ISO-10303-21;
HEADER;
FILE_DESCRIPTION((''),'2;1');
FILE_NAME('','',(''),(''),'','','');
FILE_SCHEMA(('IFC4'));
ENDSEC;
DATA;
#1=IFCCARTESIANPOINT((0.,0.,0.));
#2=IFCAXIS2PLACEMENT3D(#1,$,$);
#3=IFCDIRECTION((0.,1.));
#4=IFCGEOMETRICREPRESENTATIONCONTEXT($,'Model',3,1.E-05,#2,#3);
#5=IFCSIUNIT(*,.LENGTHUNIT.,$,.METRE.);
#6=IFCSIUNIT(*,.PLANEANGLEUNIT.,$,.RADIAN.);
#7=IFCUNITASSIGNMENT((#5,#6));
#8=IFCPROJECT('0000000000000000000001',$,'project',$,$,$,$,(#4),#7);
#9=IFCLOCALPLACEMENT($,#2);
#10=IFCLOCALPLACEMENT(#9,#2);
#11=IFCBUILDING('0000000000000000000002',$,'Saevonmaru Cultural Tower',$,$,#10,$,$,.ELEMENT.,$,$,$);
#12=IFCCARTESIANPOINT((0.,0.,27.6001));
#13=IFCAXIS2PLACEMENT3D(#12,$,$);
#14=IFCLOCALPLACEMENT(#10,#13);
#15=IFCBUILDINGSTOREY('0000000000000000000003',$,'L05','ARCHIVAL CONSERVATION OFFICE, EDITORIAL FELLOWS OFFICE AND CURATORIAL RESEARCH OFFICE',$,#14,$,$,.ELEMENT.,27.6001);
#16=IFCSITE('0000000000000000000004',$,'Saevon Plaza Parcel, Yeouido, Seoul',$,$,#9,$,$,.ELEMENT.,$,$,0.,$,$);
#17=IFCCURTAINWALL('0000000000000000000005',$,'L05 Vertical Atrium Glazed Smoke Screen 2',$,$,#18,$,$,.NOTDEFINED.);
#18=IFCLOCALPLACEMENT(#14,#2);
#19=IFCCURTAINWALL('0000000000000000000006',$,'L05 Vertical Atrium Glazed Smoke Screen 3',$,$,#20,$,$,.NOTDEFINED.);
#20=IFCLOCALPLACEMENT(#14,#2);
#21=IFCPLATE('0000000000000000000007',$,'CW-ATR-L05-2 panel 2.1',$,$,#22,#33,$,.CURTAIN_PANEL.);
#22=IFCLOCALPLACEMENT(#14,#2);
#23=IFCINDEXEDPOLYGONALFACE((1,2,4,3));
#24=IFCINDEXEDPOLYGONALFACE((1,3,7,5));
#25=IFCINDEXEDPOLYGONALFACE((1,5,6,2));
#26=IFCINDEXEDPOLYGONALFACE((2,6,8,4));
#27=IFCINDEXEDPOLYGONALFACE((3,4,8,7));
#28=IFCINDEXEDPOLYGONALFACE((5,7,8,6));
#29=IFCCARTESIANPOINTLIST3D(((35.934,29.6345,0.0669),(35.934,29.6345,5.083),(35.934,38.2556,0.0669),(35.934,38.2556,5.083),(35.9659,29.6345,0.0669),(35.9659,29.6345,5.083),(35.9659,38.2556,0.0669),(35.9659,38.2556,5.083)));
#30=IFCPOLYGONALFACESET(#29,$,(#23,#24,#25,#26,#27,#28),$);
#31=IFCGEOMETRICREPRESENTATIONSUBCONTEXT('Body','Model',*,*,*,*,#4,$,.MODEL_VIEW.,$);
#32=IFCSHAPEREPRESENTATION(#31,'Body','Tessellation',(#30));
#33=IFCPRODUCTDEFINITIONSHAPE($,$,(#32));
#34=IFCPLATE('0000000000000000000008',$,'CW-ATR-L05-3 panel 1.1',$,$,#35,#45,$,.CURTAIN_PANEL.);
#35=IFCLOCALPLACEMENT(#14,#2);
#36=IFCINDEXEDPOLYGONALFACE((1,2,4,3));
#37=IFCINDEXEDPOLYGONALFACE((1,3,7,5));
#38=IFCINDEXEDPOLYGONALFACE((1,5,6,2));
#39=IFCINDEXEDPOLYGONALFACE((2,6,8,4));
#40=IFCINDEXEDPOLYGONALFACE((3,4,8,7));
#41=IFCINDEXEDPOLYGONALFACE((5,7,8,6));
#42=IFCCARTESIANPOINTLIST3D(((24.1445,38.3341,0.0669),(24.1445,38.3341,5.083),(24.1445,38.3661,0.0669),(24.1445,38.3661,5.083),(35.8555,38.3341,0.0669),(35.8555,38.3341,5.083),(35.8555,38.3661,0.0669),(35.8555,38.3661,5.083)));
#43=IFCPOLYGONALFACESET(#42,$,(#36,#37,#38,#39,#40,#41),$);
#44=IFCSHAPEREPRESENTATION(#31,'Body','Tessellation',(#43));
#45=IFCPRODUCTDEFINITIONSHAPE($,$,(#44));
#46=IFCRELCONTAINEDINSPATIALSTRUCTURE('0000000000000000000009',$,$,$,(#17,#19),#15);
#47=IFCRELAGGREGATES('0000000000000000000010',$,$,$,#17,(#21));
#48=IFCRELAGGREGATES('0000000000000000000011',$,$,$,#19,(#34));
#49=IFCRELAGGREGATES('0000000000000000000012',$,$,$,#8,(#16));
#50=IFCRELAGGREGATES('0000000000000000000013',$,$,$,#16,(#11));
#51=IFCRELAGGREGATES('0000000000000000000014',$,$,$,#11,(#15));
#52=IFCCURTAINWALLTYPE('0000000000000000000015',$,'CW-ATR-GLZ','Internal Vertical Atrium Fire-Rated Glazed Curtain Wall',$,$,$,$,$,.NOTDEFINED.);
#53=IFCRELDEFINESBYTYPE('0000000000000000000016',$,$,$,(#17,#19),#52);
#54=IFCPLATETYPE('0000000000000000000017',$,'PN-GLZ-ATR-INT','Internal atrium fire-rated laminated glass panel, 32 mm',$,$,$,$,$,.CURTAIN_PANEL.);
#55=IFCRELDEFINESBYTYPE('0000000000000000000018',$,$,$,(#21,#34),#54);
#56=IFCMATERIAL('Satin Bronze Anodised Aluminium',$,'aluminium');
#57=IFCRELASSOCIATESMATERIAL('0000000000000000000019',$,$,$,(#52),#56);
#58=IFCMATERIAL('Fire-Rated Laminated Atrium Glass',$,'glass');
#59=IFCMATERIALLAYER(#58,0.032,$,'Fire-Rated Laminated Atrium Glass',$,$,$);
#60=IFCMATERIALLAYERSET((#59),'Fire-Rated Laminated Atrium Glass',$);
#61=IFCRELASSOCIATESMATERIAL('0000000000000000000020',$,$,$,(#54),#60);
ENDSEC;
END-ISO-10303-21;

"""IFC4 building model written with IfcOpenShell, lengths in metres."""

from ifc_helpers import new_model, si_unit, direction, frame, origin, origin_2d, place, context, subcontext, project, spatial, rectangle, extrude, material, layer, layer_set, type_object, element, aggregate, save


model = new_model("IFC4")

# Units and contexts
model_context = context("Model", 3, precision=1e-05, world=origin(), true_north=direction((0.0, 1.0)))
body_context = subcontext(model_context, "Body", "Model", "MODEL_VIEW")
ifc_project = project(units=[si_unit("LENGTHUNIT", "METRE"), si_unit("PLANEANGLEUNIT", "RADIAN")], contexts=[model_context])

# Site, building, storey
site_placement = place(None, origin())
site = spatial("IfcSite", under=ifc_project, at=site_placement, Name="Saevon Plaza Parcel, Yeouido, Seoul", CompositionType="ELEMENT", RefElevation=0.0)
building_placement = place(site_placement, origin())
building = spatial("IfcBuilding", under=site, at=building_placement, Name="Saevonmaru Cultural Tower", CompositionType="ELEMENT")
storey_placement = place(building_placement, frame((0.0, 0.0, 27.6001)))
storey = spatial("IfcBuildingStorey", under=building, at=storey_placement, Name="L05", Description="ARCHIVAL CONSERVATION OFFICE, EDITORIAL FELLOWS OFFICE AND CURATORIAL RESEARCH OFFICE", CompositionType="ELEMENT", Elevation=27.6001)

# Curtain wall
ifc_material_1 = material(Name="Satin Bronze Anodised Aluminium", Category="aluminium")
curtain_wall_type = type_object("IfcCurtainWallType", Name="CW-ATR-GLZ", Description="Internal Vertical Atrium Fire-Rated Glazed Curtain Wall", PredefinedType="NOTDEFINED", material=ifc_material_1)
curtain_wall_1_placement = place(storey_placement, origin())
curtain_wall_1 = element("IfcCurtainWall", 1, at=curtain_wall_1_placement, inside=storey, type_object=curtain_wall_type, Name="L05 Vertical Atrium Glazed Smoke Screen 2", PredefinedType="NOTDEFINED")

# Curtain wall
curtain_wall_2_placement = place(storey_placement, origin())
curtain_wall_2 = element("IfcCurtainWall", 2, at=curtain_wall_2_placement, inside=storey, type_object=curtain_wall_type, Name="L05 Vertical Atrium Glazed Smoke Screen 3", PredefinedType="NOTDEFINED")

# Plates
ifc_material_2 = material(Name="Fire-Rated Laminated Atrium Glass", Category="glass")
ifc_layer = layer(ifc_material_2, 0.032, Name="Fire-Rated Laminated Atrium Glass")
ifc_layer_set = layer_set([ifc_layer], Name="Fire-Rated Laminated Atrium Glass")
plate_type = type_object("IfcPlateType", Name="PN-GLZ-ATR-INT", Description="Internal atrium fire-rated laminated glass panel, 32 mm", PredefinedType="CURTAIN_PANEL", material=ifc_layer_set)
plate_1_placement = place(storey_placement, frame((35.95, 33.9451, 0.0669), z_axis=(0.0, 0.0, 1.0), x_axis=(0.0, 1.0, 0.0)))
plate_1 = element("IfcPlate", 3, at=plate_1_placement, type_object=plate_type, Name="CW-ATR-L05-2 panel 2.1", PredefinedType="CURTAIN_PANEL", context=body_context, shape_type="SweptSolid", body=[
    extrude(rectangle(XDim=8.6211, YDim=0.032, at=origin_2d()), origin(), (0.0, 0.0, 1.0), 5.0161),
])
aggregate(curtain_wall_1, [plate_1])
plate_2_placement = place(storey_placement, frame((30.0, 38.3501, 0.0669), z_axis=(0.0, 0.0, 1.0), x_axis=(-1.0, 0.0, 0.0)))
plate_2 = element("IfcPlate", 4, at=plate_2_placement, type_object=plate_type, Name="CW-ATR-L05-3 panel 1.1", PredefinedType="CURTAIN_PANEL", context=body_context, shape_type="SweptSolid", body=[
    extrude(rectangle(XDim=11.7109, YDim=0.032, at=origin_2d()), origin(), (0.0, 0.0, 1.0), 5.0161),
])
aggregate(curtain_wall_2, [plate_2])

save(model, "model.ifc")
